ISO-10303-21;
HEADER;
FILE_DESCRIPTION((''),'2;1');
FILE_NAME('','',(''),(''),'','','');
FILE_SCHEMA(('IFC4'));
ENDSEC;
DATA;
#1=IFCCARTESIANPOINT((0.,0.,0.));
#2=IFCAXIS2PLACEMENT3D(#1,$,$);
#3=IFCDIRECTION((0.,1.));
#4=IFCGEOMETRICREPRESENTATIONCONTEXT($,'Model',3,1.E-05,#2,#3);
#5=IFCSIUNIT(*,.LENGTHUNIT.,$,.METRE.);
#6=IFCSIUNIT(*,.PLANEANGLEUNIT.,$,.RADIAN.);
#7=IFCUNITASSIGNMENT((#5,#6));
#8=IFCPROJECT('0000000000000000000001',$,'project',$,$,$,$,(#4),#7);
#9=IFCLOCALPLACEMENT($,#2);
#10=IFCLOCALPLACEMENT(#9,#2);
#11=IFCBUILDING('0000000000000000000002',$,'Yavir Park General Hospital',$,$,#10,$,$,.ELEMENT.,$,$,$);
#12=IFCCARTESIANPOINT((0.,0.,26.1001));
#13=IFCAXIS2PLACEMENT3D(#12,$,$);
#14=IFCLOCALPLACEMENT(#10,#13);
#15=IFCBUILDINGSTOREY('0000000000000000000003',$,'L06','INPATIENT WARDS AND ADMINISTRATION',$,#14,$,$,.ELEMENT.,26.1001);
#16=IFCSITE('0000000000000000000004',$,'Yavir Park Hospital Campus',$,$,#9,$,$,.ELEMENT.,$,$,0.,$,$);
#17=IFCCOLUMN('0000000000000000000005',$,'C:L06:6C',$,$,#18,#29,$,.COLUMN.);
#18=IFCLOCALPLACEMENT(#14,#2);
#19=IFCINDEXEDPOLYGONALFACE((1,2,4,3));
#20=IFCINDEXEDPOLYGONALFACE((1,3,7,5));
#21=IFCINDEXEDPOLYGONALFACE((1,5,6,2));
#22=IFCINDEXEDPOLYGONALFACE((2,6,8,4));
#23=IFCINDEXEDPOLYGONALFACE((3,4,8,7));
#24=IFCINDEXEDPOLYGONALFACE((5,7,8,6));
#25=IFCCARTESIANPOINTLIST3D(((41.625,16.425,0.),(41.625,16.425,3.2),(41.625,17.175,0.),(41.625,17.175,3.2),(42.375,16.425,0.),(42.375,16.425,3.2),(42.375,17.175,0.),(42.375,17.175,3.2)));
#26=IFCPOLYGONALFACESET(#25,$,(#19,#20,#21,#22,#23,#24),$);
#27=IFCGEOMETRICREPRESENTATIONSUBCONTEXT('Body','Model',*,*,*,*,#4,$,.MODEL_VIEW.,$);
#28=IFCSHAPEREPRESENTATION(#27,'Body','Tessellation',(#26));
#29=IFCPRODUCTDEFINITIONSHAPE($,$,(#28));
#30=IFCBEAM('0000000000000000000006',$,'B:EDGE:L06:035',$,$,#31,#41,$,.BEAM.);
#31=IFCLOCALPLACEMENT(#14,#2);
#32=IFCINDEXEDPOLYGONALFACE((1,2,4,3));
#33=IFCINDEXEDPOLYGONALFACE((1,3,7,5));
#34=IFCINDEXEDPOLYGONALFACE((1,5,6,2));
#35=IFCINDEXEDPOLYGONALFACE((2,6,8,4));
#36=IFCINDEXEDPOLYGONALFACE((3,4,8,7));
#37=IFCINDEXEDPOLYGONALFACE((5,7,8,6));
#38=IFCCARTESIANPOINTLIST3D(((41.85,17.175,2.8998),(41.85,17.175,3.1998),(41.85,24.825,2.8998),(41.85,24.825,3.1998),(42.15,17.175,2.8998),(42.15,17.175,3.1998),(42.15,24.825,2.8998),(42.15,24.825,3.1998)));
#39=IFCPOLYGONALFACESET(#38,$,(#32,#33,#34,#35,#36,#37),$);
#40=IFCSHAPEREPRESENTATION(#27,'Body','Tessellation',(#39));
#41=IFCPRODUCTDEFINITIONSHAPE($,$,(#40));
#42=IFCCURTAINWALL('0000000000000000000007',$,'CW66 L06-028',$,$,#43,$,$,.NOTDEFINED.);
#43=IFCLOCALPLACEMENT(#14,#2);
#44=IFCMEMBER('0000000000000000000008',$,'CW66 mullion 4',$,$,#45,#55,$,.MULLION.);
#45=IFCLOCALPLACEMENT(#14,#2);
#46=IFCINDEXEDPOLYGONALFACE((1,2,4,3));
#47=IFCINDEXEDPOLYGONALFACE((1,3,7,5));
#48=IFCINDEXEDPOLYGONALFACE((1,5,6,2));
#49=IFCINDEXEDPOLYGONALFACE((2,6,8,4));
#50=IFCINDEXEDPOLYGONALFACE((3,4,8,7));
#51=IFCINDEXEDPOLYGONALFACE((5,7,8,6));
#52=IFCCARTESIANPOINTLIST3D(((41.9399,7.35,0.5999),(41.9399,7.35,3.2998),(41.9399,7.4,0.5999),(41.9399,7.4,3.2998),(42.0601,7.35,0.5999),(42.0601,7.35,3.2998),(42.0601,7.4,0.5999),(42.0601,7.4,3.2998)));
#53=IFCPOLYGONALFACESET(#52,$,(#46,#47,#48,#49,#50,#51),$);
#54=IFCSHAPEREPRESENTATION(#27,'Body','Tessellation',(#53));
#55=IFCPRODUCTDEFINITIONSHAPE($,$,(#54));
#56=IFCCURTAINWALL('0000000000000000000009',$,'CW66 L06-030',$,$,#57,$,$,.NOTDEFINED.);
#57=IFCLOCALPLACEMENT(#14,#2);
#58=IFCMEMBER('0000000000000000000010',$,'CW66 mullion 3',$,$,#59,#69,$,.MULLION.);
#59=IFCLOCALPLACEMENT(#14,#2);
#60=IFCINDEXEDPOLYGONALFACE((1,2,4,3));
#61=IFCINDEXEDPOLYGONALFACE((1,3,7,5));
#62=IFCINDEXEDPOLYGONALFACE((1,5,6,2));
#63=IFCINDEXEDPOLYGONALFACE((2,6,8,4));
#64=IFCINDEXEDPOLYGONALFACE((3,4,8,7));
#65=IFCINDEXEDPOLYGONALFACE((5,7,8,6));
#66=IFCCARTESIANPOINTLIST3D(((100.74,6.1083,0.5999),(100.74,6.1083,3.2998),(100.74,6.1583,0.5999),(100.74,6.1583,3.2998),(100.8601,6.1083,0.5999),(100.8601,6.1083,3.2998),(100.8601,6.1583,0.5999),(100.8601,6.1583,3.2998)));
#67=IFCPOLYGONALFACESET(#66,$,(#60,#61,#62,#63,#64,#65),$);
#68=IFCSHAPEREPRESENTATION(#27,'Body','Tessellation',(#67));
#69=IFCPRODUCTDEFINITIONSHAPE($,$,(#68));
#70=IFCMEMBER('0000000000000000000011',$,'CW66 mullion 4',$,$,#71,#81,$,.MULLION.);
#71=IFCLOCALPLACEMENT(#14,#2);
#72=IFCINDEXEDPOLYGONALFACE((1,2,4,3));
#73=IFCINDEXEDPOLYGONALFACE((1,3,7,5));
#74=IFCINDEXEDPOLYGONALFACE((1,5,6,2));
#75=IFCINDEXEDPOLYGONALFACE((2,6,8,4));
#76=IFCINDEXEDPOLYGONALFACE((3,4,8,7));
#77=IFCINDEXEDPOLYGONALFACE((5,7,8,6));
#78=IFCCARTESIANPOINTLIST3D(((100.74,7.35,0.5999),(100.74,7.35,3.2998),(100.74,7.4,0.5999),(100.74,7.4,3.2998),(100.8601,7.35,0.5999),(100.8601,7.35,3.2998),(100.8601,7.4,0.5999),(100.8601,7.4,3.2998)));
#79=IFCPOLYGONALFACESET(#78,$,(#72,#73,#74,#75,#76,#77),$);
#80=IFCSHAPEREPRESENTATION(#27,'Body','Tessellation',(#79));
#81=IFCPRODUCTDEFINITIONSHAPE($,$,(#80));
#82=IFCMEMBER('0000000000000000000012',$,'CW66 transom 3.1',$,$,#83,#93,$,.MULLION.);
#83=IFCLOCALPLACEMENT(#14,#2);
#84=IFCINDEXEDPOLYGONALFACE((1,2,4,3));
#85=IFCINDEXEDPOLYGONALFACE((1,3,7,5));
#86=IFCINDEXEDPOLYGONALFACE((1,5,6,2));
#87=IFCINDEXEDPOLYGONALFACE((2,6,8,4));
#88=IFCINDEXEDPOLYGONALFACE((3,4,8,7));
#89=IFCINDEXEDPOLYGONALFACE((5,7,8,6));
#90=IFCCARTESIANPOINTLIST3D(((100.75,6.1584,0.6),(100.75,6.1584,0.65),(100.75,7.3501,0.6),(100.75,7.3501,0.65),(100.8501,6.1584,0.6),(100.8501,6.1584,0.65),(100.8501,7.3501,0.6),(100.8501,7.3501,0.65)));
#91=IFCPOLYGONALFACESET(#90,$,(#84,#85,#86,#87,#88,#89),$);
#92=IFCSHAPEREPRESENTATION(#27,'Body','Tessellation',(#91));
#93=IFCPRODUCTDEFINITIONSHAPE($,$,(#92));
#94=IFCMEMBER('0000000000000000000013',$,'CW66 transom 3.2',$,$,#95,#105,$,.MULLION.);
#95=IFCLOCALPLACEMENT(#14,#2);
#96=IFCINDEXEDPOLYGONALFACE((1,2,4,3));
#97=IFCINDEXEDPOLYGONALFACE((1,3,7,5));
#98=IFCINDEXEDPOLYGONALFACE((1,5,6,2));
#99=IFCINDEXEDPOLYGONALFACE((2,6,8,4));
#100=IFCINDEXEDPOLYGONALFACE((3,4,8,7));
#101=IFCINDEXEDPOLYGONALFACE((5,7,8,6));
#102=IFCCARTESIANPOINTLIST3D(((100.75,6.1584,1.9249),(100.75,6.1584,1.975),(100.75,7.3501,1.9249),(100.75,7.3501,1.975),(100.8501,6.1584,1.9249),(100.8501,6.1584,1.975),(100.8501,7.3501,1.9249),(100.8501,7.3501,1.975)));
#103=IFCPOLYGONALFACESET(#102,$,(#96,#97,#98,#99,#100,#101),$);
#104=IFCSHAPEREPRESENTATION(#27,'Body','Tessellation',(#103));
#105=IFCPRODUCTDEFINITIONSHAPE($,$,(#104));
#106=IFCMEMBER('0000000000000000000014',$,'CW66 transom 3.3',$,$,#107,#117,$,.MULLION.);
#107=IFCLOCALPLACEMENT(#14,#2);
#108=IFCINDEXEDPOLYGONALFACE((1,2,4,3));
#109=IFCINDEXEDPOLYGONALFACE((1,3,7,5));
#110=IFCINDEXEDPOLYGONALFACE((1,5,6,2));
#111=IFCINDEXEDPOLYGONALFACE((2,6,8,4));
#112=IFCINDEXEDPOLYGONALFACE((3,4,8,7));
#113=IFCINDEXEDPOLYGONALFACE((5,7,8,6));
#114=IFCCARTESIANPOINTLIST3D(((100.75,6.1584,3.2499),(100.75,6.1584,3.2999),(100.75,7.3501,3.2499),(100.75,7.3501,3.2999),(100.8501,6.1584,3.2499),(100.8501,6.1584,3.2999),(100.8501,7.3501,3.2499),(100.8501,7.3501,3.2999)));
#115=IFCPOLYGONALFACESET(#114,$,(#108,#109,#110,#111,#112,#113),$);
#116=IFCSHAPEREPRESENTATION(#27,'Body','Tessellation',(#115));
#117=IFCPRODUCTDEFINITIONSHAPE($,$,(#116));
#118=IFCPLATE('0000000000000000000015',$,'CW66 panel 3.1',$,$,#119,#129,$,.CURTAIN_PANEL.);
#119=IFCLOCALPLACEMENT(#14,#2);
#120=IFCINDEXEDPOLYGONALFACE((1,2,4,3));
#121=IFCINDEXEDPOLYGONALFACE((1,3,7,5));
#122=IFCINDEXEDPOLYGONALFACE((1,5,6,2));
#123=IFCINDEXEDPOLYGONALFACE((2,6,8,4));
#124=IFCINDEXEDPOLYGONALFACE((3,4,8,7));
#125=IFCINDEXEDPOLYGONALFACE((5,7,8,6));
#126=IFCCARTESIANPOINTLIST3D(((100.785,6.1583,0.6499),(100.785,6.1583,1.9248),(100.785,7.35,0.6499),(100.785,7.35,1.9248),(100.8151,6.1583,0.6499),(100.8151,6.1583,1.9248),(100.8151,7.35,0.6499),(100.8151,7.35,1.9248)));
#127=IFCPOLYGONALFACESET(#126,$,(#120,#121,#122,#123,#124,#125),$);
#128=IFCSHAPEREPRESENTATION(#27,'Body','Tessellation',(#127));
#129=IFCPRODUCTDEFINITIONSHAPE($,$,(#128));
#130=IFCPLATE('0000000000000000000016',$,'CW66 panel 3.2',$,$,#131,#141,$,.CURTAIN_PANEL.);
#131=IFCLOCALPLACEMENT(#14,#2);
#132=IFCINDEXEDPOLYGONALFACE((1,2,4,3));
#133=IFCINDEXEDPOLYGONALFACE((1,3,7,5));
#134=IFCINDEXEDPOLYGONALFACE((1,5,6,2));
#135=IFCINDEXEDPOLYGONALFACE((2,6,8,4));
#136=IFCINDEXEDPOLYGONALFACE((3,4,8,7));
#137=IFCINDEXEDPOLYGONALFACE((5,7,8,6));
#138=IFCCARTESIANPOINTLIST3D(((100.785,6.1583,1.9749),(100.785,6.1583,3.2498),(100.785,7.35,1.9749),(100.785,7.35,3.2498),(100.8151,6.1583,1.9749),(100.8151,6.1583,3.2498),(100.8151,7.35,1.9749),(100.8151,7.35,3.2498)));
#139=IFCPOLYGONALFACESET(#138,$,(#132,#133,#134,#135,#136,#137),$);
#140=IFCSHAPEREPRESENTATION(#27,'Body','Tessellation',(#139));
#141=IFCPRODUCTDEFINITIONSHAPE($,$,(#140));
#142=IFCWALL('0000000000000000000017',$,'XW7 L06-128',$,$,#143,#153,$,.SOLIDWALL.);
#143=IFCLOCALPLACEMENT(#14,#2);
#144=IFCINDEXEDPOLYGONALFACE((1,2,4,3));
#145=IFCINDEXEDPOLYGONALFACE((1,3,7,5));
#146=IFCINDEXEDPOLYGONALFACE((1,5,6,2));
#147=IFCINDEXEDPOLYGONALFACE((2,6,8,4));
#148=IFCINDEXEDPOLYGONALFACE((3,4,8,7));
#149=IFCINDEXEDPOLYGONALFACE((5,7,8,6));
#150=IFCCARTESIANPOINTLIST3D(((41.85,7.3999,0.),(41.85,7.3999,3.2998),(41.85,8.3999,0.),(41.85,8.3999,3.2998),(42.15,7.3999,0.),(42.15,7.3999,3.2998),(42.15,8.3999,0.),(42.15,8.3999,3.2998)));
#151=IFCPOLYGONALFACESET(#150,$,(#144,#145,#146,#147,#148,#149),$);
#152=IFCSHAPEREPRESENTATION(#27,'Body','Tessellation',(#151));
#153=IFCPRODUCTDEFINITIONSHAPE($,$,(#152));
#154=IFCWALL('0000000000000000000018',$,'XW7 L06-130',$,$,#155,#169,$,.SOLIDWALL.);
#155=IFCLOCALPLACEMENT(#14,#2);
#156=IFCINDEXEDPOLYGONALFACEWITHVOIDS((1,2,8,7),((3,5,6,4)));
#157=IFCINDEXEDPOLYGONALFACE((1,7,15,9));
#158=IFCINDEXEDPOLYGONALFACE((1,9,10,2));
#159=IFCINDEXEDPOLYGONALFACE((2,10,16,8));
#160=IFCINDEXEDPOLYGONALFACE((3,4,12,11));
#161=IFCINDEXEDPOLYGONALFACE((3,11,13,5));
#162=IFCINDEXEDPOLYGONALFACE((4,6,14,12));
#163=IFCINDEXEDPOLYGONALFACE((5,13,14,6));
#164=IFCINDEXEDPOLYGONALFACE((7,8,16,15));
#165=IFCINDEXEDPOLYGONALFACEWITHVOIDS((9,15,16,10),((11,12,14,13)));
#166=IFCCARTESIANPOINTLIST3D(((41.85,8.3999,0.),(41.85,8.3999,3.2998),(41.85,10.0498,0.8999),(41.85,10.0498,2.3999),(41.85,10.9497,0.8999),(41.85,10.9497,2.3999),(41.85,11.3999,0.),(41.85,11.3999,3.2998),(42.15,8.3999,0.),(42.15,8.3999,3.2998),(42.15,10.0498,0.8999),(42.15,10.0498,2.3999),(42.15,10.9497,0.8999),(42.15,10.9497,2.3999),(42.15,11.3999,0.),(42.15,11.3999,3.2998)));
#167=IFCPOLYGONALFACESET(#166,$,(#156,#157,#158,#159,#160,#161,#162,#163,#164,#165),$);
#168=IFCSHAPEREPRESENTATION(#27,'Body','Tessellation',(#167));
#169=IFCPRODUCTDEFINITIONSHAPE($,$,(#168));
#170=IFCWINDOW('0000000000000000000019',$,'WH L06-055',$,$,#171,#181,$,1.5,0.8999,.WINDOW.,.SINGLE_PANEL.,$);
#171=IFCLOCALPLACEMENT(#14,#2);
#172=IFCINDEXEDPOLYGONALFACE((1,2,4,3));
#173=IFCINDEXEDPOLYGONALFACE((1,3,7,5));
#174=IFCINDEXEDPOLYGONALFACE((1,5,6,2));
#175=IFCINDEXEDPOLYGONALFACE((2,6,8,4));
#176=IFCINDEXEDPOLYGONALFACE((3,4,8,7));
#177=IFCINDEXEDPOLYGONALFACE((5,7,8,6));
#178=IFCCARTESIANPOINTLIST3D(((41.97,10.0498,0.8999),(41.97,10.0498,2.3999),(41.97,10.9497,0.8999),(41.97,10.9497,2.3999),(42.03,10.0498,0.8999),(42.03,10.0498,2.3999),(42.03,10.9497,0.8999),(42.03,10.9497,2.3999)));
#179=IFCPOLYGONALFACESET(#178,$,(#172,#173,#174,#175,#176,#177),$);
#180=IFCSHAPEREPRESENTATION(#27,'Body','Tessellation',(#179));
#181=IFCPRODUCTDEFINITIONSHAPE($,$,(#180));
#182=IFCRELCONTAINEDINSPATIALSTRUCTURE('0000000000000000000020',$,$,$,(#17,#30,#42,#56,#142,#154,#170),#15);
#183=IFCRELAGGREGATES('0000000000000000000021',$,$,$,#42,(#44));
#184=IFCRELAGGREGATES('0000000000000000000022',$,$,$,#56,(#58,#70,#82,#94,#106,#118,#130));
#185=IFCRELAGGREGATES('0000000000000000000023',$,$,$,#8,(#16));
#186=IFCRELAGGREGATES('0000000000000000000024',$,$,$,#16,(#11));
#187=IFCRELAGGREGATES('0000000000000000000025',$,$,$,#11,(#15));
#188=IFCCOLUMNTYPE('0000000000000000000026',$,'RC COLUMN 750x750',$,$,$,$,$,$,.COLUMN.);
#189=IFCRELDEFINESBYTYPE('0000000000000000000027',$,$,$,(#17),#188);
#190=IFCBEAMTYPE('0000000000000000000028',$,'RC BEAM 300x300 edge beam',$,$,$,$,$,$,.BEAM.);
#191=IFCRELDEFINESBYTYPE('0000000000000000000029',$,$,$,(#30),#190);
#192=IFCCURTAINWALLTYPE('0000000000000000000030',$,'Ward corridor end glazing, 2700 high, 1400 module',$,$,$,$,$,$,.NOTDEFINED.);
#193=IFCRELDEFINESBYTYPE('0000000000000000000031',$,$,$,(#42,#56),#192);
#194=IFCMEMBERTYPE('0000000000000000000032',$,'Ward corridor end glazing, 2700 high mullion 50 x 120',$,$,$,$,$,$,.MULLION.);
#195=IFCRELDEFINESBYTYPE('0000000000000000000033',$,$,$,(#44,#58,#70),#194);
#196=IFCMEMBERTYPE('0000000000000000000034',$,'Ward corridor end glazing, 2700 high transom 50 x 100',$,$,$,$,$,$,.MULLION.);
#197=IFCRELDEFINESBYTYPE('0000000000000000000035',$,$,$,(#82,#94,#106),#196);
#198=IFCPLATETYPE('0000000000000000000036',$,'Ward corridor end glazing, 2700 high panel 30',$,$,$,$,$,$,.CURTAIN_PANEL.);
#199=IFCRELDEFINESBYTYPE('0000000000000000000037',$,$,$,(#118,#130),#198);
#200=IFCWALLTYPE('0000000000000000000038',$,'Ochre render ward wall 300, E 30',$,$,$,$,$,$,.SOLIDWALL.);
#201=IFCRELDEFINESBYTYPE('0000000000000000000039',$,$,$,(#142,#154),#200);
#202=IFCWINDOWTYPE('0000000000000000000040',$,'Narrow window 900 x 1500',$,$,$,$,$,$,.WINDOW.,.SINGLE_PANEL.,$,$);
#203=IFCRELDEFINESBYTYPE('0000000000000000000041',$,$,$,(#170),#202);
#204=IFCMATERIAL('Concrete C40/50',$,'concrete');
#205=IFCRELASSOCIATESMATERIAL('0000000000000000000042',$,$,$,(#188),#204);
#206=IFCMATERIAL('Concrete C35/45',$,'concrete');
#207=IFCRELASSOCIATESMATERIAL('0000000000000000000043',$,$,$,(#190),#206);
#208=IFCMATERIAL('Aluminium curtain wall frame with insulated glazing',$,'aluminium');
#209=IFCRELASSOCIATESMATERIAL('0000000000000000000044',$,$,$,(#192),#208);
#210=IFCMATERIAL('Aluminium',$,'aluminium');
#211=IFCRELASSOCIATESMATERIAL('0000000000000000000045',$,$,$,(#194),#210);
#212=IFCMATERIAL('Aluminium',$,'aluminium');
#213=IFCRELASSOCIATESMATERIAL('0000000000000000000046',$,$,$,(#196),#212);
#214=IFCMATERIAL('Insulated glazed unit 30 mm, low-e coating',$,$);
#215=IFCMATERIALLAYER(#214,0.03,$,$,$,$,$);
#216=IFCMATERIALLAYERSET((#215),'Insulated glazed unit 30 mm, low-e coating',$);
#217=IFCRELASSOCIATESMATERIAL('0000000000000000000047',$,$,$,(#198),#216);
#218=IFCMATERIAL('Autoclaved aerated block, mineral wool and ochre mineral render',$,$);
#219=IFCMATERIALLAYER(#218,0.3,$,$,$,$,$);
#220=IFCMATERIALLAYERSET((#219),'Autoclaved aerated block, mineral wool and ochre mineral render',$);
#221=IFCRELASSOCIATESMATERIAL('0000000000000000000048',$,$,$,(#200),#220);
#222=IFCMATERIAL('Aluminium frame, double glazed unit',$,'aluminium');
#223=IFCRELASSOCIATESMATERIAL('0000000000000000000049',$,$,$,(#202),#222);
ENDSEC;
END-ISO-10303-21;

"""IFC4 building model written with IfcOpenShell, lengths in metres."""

from ifc_helpers import new_model, si_unit, direction, frame, frame_2d, origin, origin_2d, place, context, subcontext, project, spatial, rectangle, extrude, material, layer, layer_set, material_profile, profile_set, type_object, element, fill, aggregate, save


model = new_model("IFC4")

# Units and contexts
model_context = context("Model", 3, precision=1e-05, world=origin(), true_north=direction((0.0, 1.0)))
body_context = subcontext(model_context, "Body", "Model", "MODEL_VIEW")
ifc_project = project(units=[si_unit("LENGTHUNIT", "METRE"), si_unit("PLANEANGLEUNIT", "RADIAN")], contexts=[model_context])

# Site, building, storey
site_placement = place(None, origin())
site = spatial("IfcSite", under=ifc_project, at=site_placement, Name="Yavir Park Hospital Campus", CompositionType="ELEMENT", RefElevation=0.0)
building_placement = place(site_placement, origin())
building = spatial("IfcBuilding", under=site, at=building_placement, Name="Yavir Park General Hospital", CompositionType="ELEMENT")
storey_placement = place(building_placement, frame((0.0, 0.0, 26.1001)))
storey = spatial("IfcBuildingStorey", under=building, at=storey_placement, Name="L06", Description="INPATIENT WARDS AND ADMINISTRATION", CompositionType="ELEMENT", Elevation=26.1001)

# Column
ifc_material_1 = material(Name="Concrete C40/50", Category="concrete")
ifc_material_profile_1 = material_profile(ifc_material_1, rectangle(XDim=0.75, YDim=0.75, at=origin_2d()), Name="RC750x750")
ifc_profile_set_1 = profile_set([ifc_material_profile_1], Name="Concrete C40/50")
column_type = type_object("IfcColumnType", Name="RC COLUMN 750x750", PredefinedType="COLUMN", material=ifc_profile_set_1)
column_placement = place(storey_placement, frame((42.0, 16.8, 0.0), z_axis=(0.0, 0.0, 1.0), x_axis=(1.0, 0.0, 0.0)))
element("IfcColumn", 1, at=column_placement, inside=storey, type_object=column_type, Name="C:L06:6C", PredefinedType="COLUMN", context=body_context, shape_type="SweptSolid", body=[
    extrude(rectangle(XDim=0.75, YDim=0.75, at=origin_2d()), origin(), (0.0, 0.0, 1.0), 3.2),
])

# Beam
ifc_material_2 = material(Name="Concrete C35/45", Category="concrete")
ifc_material_profile_2 = material_profile(ifc_material_2, rectangle(XDim=0.3, YDim=0.3, at=origin_2d()), Name="RC300x300")
ifc_profile_set_2 = profile_set([ifc_material_profile_2], Name="Concrete C35/45")
beam_type = type_object("IfcBeamType", Name="RC BEAM 300x300 edge beam", PredefinedType="BEAM", material=ifc_profile_set_2)
beam_placement = place(storey_placement, frame((42.0, 17.175, 3.0498), z_axis=(0.0, 1.0, 0.0), x_axis=(-1.0, 0.0, 0.0)))
element("IfcBeam", 2, at=beam_placement, inside=storey, type_object=beam_type, Name="B:EDGE:L06:035", PredefinedType="BEAM", context=body_context, shape_type="SweptSolid", body=[
    extrude(rectangle(XDim=0.3, YDim=0.3, at=origin_2d()), origin(), (0.0, 0.0, 1.0), 7.6499),
])

# Curtain wall, member
ifc_material_3 = material(Name="Aluminium curtain wall frame with insulated glazing", Category="aluminium")
curtain_wall_type = type_object("IfcCurtainWallType", Name="Ward corridor end glazing, 2700 high, 1400 module", PredefinedType="NOTDEFINED", material=ifc_material_3)
curtain_wall_1_placement = place(storey_placement, origin())
curtain_wall_1 = element("IfcCurtainWall", 3, at=curtain_wall_1_placement, inside=storey, type_object=curtain_wall_type, Name="CW66 L06-028", PredefinedType="NOTDEFINED")
ifc_material_4 = material(Name="Aluminium", Category="aluminium")
ifc_material_profile_3 = material_profile(ifc_material_4, rectangle(XDim=0.1201, YDim=0.05, at=origin_2d()), Name="AL 50x120")
ifc_profile_set_3 = profile_set([ifc_material_profile_3], Name="Aluminium")
member_type_1 = type_object("IfcMemberType", Name="Ward corridor end glazing, 2700 high mullion 50 x 120", PredefinedType="MULLION", material=ifc_profile_set_3)
member_1_placement = place(storey_placement, frame((42.0, 7.375, 0.5999), z_axis=(0.0, 0.0, 1.0), x_axis=(-1.0, 0.0, 0.0)))
member_1 = element("IfcMember", 4, at=member_1_placement, type_object=member_type_1, Name="CW66 mullion 4", PredefinedType="MULLION", context=body_context, shape_type="SweptSolid", body=[
    extrude(rectangle(XDim=0.1201, YDim=0.05, at=origin_2d()), origin(), (0.0, 0.0, 1.0), 2.7),
])
aggregate(curtain_wall_1, [member_1])

# Curtain wall, members, plates
curtain_wall_2_placement = place(storey_placement, origin())
curtain_wall_2 = element("IfcCurtainWall", 5, at=curtain_wall_2_placement, inside=storey, type_object=curtain_wall_type, Name="CW66 L06-030", PredefinedType="NOTDEFINED")
member_2_placement = place(storey_placement, frame((100.8, 6.1333, 0.5999), z_axis=(0.0, 0.0, 1.0), x_axis=(-1.0, 0.0, 0.0)))
member_2 = element("IfcMember", 6, at=member_2_placement, type_object=member_type_1, Name="CW66 mullion 3", PredefinedType="MULLION", context=body_context, shape_type="SweptSolid", body=[
    extrude(rectangle(XDim=0.1201, YDim=0.05, at=origin_2d()), origin(), (0.0, 0.0, 1.0), 2.7),
])
member_3_placement = place(storey_placement, frame((100.8, 7.375, 0.5999), z_axis=(0.0, 0.0, 1.0), x_axis=(-1.0, 0.0, 0.0)))
member_3 = element("IfcMember", 7, at=member_3_placement, type_object=member_type_1, Name="CW66 mullion 4", PredefinedType="MULLION", context=body_context, shape_type="SweptSolid", body=[
    extrude(rectangle(XDim=0.1201, YDim=0.05, at=origin_2d()), origin(), (0.0, 0.0, 1.0), 2.7),
])
ifc_material_5 = material(Name="Aluminium", Category="aluminium")
ifc_material_profile_4 = material_profile(ifc_material_5, rectangle(XDim=0.1001, YDim=0.05, at=origin_2d()), Name="AL 100x50")
ifc_profile_set_4 = profile_set([ifc_material_profile_4], Name="Aluminium")
member_type_2 = type_object("IfcMemberType", Name="Ward corridor end glazing, 2700 high transom 50 x 100", PredefinedType="MULLION", material=ifc_profile_set_4)
member_4_placement = place(storey_placement, frame((100.8, 6.1584, 0.625), z_axis=(0.0, 1.0, 0.0), x_axis=(-1.0, 0.0, 0.0)))
member_4 = element("IfcMember", 8, at=member_4_placement, type_object=member_type_2, Name="CW66 transom 3.1", PredefinedType="MULLION", context=body_context, shape_type="SweptSolid", body=[
    extrude(rectangle(XDim=0.1001, YDim=0.05, at=origin_2d()), origin(), (0.0, 0.0, 1.0), 1.1917),
])
member_5_placement = place(storey_placement, frame((100.8, 6.1584, 1.95), z_axis=(0.0, 1.0, 0.0), x_axis=(-1.0, 0.0, 0.0)))
member_5 = element("IfcMember", 9, at=member_5_placement, type_object=member_type_2, Name="CW66 transom 3.2", PredefinedType="MULLION", context=body_context, shape_type="SweptSolid", body=[
    extrude(rectangle(XDim=0.1001, YDim=0.05, at=origin_2d()), origin(), (0.0, 0.0, 1.0), 1.1917),
])
member_6_placement = place(storey_placement, frame((100.8, 6.1584, 3.2749), z_axis=(0.0, 1.0, 0.0), x_axis=(-1.0, 0.0, 0.0)))
member_6 = element("IfcMember", 10, at=member_6_placement, type_object=member_type_2, Name="CW66 transom 3.3", PredefinedType="MULLION", context=body_context, shape_type="SweptSolid", body=[
    extrude(rectangle(XDim=0.1001, YDim=0.05, at=origin_2d()), origin(), (0.0, 0.0, 1.0), 1.1917),
])
ifc_material_6 = material(Name="Insulated glazed unit 30 mm, low-e coating")
ifc_layer_1 = layer(ifc_material_6, 0.03)
ifc_layer_set_1 = layer_set([ifc_layer_1], Name="Insulated glazed unit 30 mm, low-e coating")
plate_type = type_object("IfcPlateType", Name="Ward corridor end glazing, 2700 high panel 30", PredefinedType="CURTAIN_PANEL", material=ifc_layer_set_1)
plate_1_placement = place(storey_placement, frame((100.8, 6.7542, 0.6499), z_axis=(0.0, 0.0, 1.0), x_axis=(0.0, 1.0, 0.0)))
plate_1 = element("IfcPlate", 11, at=plate_1_placement, type_object=plate_type, Name="CW66 panel 3.1", PredefinedType="CURTAIN_PANEL", context=body_context, shape_type="SweptSolid", body=[
    extrude(rectangle(XDim=1.1917, YDim=0.03, at=origin_2d()), origin(), (0.0, 0.0, 1.0), 1.2749),
])
plate_2_placement = place(storey_placement, frame((100.8, 6.7542, 1.9749), z_axis=(0.0, 0.0, 1.0), x_axis=(0.0, 1.0, 0.0)))
plate_2 = element("IfcPlate", 12, at=plate_2_placement, type_object=plate_type, Name="CW66 panel 3.2", PredefinedType="CURTAIN_PANEL", context=body_context, shape_type="SweptSolid", body=[
    extrude(rectangle(XDim=1.1917, YDim=0.03, at=origin_2d()), origin(), (0.0, 0.0, 1.0), 1.2749),
])
aggregate(curtain_wall_2, [member_2, member_3, member_4, member_5, member_6, plate_1, plate_2])

# Wall
ifc_material_7 = material(Name="Autoclaved aerated block, mineral wool and ochre mineral render")
ifc_layer_2 = layer(ifc_material_7, 0.3)
ifc_layer_set_2 = layer_set([ifc_layer_2], Name="Autoclaved aerated block, mineral wool and ochre mineral render")
wall_type = type_object("IfcWallType", Name="Ochre render ward wall 300, E 30", PredefinedType="SOLIDWALL", material=ifc_layer_set_2)
wall_1_placement = place(storey_placement, frame((42.0, 7.3999, 0.0), z_axis=(0.0, 0.0, 1.0), x_axis=(0.0, 1.0, 0.0)))
element("IfcWall", 13, at=wall_1_placement, inside=storey, type_object=wall_type, Name="XW7 L06-128", PredefinedType="SOLIDWALL", context=body_context, shape_type="SweptSolid", body=[
    extrude(rectangle(XDim=1.0, YDim=0.3, at=frame_2d((0.5, 0.0))), origin(), (0.0, 0.0, 1.0), 3.2998),
])

# Wall, opening, window
wall_2_placement = place(storey_placement, frame((42.0, 8.3999, 0.0), z_axis=(0.0, 0.0, 1.0), x_axis=(0.0, 1.0, 0.0)))
wall_2 = element("IfcWall", 14, at=wall_2_placement, inside=storey, type_object=wall_type, Name="XW7 L06-130", PredefinedType="SOLIDWALL", context=body_context, shape_type="SweptSolid", body=[
    extrude(rectangle(XDim=3.0, YDim=0.3, at=frame_2d((1.5, 0.0))), origin(), (0.0, 0.0, 1.0), 3.2998),
])
opening_1_placement = place(wall_2_placement, frame((1.6499, 0.0, 0.8999)))
opening_1 = element("IfcOpeningElement", 15, at=opening_1_placement, cuts=wall_2, PredefinedType="OPENING", context=body_context, shape_type="SweptSolid", body=[
    extrude(rectangle(XDim=0.8999, YDim=1.5, at=frame_2d((0.45, 0.75))), frame((0.0, 0.1599, 0.0), z_axis=(0.0, -1.0, 0.0), x_axis=(1.0, 0.0, 0.0)), (0.0, 0.0, 1.0), 0.3201),
])
ifc_material_8 = material(Name="Aluminium frame, double glazed unit", Category="aluminium")
window_type_1 = type_object("IfcWindowType", Name="Narrow window 900 x 1500", PartitioningType="SINGLE_PANEL", PredefinedType="WINDOW", material=ifc_material_8)
window_1_placement = place(opening_1_placement, origin())
window_1 = element("IfcWindow", 16, at=window_1_placement, inside=storey, type_object=window_type_1, Name="WH L06-055", OverallHeight=1.5, OverallWidth=0.8999, PartitioningType="SINGLE_PANEL", PredefinedType="WINDOW", context=body_context, shape_type="SweptSolid", body=[
    extrude(rectangle(XDim=0.8999, YDim=1.5, at=frame_2d((0.45, 0.75))), frame((0.0, 0.03, 0.0), z_axis=(0.0, -1.0, 0.0), x_axis=(1.0, 0.0, 0.0)), (0.0, 0.0, 1.0), 0.0601),
])
fill(opening_1, window_1)

save(model, "model.ifc")
